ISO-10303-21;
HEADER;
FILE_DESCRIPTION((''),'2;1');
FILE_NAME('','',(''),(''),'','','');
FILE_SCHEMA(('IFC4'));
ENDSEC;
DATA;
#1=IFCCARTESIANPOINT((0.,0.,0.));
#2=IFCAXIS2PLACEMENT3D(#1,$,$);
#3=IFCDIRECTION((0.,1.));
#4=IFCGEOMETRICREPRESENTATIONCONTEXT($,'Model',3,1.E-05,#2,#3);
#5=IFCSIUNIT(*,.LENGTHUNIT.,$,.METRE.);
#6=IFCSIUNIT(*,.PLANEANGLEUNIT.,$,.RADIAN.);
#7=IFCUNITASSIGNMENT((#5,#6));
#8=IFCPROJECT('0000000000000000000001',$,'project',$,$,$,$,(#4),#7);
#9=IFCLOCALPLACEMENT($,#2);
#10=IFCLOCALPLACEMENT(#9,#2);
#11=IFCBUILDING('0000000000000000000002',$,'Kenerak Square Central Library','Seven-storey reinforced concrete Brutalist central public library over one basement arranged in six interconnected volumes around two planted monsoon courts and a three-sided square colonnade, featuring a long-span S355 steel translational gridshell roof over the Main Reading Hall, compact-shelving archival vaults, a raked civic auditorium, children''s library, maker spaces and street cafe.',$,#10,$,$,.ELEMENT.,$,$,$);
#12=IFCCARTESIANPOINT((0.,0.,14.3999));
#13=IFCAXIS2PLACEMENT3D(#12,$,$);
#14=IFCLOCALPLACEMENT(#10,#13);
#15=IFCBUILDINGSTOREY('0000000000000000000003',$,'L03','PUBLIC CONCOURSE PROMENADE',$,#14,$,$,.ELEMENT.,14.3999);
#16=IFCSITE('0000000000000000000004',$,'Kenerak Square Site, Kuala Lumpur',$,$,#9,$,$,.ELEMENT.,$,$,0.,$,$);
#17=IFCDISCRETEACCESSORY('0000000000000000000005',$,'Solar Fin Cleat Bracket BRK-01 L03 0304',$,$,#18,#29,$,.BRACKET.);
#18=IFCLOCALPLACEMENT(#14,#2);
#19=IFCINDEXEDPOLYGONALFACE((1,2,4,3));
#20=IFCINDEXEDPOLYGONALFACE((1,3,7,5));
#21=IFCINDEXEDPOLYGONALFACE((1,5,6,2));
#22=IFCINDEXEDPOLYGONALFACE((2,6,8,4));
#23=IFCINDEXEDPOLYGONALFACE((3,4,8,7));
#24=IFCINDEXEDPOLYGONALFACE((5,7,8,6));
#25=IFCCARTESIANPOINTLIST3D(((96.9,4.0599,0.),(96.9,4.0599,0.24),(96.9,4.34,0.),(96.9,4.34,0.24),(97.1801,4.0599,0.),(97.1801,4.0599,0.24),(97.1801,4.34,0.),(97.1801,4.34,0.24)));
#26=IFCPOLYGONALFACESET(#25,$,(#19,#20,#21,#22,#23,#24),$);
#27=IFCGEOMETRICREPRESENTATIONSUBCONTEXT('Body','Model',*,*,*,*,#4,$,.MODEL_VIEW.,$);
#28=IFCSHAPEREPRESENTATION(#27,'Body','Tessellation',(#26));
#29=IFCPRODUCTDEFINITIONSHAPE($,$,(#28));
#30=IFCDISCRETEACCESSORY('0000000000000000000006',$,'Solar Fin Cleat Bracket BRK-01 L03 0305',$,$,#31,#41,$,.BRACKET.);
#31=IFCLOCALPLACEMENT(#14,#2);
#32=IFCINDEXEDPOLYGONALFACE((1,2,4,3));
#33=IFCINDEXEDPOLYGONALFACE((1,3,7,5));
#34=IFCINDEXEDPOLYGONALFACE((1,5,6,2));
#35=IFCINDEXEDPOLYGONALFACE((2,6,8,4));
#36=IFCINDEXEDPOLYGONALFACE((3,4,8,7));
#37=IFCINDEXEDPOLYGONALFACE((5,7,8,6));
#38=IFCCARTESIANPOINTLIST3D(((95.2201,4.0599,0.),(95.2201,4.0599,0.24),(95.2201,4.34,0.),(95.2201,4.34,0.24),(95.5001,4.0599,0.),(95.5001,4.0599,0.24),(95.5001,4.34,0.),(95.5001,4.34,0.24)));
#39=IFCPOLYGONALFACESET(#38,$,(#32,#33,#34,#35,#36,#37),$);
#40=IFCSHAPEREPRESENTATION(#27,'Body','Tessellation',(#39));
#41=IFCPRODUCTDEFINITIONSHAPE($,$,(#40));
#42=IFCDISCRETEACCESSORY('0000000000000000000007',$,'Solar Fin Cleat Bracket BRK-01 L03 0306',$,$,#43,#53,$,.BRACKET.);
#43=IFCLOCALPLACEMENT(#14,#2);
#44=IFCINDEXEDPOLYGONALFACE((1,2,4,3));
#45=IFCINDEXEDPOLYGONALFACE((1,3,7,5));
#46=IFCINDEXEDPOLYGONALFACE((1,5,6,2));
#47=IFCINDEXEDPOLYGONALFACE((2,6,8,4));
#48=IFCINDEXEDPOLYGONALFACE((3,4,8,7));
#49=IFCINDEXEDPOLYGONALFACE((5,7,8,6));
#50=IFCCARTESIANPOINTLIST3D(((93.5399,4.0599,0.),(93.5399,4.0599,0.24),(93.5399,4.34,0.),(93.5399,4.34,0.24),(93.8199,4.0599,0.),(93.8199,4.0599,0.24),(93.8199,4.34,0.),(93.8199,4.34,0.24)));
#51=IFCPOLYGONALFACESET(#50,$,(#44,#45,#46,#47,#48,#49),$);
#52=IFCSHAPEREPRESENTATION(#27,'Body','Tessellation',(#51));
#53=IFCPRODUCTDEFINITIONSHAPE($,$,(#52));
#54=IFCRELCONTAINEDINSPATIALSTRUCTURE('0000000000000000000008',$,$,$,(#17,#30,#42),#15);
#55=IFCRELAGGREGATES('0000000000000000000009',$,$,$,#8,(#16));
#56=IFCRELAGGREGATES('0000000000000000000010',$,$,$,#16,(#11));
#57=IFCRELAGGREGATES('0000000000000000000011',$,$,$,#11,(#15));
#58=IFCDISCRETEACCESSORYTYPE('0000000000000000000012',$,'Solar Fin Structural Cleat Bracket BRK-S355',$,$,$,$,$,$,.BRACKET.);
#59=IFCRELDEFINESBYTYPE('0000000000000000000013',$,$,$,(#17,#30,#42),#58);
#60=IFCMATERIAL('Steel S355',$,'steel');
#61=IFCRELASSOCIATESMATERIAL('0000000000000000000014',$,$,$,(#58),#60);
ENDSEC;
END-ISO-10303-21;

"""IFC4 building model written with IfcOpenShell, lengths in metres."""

from ifc_helpers import new_model, si_unit, direction, frame, origin, origin_2d, place, context, subcontext, project, spatial, rectangle, extrude, material, type_object, element, save


model = new_model("IFC4")

# Units and contexts
model_context = context("Model", 3, precision=1e-05, world=origin(), true_north=direction((0.0, 1.0)))
body_context = subcontext(model_context, "Body", "Model", "MODEL_VIEW")
ifc_project = project(units=[si_unit("LENGTHUNIT", "METRE"), si_unit("PLANEANGLEUNIT", "RADIAN")], contexts=[model_context])

# Site, building, storey
site_placement = place(None, origin())
site = spatial("IfcSite", under=ifc_project, at=site_placement, Name="Kenerak Square Site, Kuala Lumpur", CompositionType="ELEMENT", RefElevation=0.0)
building_placement = place(site_placement, origin())
building = spatial("IfcBuilding", under=site, at=building_placement, Name="Kenerak Square Central Library", Description="Seven-storey reinforced concrete Brutalist central public library over one basement arranged in six interconnected volumes around two planted monsoon courts and a three-sided square colonnade, featuring a long-span S355 steel translational gridshell roof over the Main Reading Hall, compact-shelving archival vaults, a raked civic auditorium, children's library, maker spaces and street cafe.", CompositionType="ELEMENT")
storey_placement = place(building_placement, frame((0.0, 0.0, 14.3999)))
storey = spatial("IfcBuildingStorey", under=building, at=storey_placement, Name="L03", Description="PUBLIC CONCOURSE PROMENADE", CompositionType="ELEMENT", Elevation=14.3999)

# Shared definitions
ifc_material_1 = material(Name="Steel S355", Category="steel")

# Discrete accessories
discrete_accessory_type = type_object("IfcDiscreteAccessoryType", Name="Solar Fin Structural Cleat Bracket BRK-S355", PredefinedType="BRACKET", material=ifc_material_1)
for number, where, z_axis, x_axis, name in (
    (1, (97.04, 4.2, 0.0), (0.0, 0.0, 1.0), (-1.0, 0.0, 0.0), "Solar Fin Cleat Bracket BRK-01 L03 0304"),
    (2, (95.3601, 4.2, 0.0), (0.0, 0.0, 1.0), (-1.0, 0.0, 0.0), "Solar Fin Cleat Bracket BRK-01 L03 0305"),
    (3, (93.6799, 4.2, 0.0), (0.0, 0.0, 1.0), (-1.0, 0.0, 0.0), "Solar Fin Cleat Bracket BRK-01 L03 0306"),
):
    element("IfcDiscreteAccessory", number, at=place(storey_placement, frame(where, z_axis=z_axis, x_axis=x_axis)), inside=storey, type_object=discrete_accessory_type, Name=name, PredefinedType="BRACKET", context=body_context, shape_type="SweptSolid", body=[
        extrude(rectangle(XDim=0.28, YDim=0.28, at=origin_2d()), origin(), (0.0, 0.0, 1.0), 0.24),
    ])

save(model, "model.ifc")
